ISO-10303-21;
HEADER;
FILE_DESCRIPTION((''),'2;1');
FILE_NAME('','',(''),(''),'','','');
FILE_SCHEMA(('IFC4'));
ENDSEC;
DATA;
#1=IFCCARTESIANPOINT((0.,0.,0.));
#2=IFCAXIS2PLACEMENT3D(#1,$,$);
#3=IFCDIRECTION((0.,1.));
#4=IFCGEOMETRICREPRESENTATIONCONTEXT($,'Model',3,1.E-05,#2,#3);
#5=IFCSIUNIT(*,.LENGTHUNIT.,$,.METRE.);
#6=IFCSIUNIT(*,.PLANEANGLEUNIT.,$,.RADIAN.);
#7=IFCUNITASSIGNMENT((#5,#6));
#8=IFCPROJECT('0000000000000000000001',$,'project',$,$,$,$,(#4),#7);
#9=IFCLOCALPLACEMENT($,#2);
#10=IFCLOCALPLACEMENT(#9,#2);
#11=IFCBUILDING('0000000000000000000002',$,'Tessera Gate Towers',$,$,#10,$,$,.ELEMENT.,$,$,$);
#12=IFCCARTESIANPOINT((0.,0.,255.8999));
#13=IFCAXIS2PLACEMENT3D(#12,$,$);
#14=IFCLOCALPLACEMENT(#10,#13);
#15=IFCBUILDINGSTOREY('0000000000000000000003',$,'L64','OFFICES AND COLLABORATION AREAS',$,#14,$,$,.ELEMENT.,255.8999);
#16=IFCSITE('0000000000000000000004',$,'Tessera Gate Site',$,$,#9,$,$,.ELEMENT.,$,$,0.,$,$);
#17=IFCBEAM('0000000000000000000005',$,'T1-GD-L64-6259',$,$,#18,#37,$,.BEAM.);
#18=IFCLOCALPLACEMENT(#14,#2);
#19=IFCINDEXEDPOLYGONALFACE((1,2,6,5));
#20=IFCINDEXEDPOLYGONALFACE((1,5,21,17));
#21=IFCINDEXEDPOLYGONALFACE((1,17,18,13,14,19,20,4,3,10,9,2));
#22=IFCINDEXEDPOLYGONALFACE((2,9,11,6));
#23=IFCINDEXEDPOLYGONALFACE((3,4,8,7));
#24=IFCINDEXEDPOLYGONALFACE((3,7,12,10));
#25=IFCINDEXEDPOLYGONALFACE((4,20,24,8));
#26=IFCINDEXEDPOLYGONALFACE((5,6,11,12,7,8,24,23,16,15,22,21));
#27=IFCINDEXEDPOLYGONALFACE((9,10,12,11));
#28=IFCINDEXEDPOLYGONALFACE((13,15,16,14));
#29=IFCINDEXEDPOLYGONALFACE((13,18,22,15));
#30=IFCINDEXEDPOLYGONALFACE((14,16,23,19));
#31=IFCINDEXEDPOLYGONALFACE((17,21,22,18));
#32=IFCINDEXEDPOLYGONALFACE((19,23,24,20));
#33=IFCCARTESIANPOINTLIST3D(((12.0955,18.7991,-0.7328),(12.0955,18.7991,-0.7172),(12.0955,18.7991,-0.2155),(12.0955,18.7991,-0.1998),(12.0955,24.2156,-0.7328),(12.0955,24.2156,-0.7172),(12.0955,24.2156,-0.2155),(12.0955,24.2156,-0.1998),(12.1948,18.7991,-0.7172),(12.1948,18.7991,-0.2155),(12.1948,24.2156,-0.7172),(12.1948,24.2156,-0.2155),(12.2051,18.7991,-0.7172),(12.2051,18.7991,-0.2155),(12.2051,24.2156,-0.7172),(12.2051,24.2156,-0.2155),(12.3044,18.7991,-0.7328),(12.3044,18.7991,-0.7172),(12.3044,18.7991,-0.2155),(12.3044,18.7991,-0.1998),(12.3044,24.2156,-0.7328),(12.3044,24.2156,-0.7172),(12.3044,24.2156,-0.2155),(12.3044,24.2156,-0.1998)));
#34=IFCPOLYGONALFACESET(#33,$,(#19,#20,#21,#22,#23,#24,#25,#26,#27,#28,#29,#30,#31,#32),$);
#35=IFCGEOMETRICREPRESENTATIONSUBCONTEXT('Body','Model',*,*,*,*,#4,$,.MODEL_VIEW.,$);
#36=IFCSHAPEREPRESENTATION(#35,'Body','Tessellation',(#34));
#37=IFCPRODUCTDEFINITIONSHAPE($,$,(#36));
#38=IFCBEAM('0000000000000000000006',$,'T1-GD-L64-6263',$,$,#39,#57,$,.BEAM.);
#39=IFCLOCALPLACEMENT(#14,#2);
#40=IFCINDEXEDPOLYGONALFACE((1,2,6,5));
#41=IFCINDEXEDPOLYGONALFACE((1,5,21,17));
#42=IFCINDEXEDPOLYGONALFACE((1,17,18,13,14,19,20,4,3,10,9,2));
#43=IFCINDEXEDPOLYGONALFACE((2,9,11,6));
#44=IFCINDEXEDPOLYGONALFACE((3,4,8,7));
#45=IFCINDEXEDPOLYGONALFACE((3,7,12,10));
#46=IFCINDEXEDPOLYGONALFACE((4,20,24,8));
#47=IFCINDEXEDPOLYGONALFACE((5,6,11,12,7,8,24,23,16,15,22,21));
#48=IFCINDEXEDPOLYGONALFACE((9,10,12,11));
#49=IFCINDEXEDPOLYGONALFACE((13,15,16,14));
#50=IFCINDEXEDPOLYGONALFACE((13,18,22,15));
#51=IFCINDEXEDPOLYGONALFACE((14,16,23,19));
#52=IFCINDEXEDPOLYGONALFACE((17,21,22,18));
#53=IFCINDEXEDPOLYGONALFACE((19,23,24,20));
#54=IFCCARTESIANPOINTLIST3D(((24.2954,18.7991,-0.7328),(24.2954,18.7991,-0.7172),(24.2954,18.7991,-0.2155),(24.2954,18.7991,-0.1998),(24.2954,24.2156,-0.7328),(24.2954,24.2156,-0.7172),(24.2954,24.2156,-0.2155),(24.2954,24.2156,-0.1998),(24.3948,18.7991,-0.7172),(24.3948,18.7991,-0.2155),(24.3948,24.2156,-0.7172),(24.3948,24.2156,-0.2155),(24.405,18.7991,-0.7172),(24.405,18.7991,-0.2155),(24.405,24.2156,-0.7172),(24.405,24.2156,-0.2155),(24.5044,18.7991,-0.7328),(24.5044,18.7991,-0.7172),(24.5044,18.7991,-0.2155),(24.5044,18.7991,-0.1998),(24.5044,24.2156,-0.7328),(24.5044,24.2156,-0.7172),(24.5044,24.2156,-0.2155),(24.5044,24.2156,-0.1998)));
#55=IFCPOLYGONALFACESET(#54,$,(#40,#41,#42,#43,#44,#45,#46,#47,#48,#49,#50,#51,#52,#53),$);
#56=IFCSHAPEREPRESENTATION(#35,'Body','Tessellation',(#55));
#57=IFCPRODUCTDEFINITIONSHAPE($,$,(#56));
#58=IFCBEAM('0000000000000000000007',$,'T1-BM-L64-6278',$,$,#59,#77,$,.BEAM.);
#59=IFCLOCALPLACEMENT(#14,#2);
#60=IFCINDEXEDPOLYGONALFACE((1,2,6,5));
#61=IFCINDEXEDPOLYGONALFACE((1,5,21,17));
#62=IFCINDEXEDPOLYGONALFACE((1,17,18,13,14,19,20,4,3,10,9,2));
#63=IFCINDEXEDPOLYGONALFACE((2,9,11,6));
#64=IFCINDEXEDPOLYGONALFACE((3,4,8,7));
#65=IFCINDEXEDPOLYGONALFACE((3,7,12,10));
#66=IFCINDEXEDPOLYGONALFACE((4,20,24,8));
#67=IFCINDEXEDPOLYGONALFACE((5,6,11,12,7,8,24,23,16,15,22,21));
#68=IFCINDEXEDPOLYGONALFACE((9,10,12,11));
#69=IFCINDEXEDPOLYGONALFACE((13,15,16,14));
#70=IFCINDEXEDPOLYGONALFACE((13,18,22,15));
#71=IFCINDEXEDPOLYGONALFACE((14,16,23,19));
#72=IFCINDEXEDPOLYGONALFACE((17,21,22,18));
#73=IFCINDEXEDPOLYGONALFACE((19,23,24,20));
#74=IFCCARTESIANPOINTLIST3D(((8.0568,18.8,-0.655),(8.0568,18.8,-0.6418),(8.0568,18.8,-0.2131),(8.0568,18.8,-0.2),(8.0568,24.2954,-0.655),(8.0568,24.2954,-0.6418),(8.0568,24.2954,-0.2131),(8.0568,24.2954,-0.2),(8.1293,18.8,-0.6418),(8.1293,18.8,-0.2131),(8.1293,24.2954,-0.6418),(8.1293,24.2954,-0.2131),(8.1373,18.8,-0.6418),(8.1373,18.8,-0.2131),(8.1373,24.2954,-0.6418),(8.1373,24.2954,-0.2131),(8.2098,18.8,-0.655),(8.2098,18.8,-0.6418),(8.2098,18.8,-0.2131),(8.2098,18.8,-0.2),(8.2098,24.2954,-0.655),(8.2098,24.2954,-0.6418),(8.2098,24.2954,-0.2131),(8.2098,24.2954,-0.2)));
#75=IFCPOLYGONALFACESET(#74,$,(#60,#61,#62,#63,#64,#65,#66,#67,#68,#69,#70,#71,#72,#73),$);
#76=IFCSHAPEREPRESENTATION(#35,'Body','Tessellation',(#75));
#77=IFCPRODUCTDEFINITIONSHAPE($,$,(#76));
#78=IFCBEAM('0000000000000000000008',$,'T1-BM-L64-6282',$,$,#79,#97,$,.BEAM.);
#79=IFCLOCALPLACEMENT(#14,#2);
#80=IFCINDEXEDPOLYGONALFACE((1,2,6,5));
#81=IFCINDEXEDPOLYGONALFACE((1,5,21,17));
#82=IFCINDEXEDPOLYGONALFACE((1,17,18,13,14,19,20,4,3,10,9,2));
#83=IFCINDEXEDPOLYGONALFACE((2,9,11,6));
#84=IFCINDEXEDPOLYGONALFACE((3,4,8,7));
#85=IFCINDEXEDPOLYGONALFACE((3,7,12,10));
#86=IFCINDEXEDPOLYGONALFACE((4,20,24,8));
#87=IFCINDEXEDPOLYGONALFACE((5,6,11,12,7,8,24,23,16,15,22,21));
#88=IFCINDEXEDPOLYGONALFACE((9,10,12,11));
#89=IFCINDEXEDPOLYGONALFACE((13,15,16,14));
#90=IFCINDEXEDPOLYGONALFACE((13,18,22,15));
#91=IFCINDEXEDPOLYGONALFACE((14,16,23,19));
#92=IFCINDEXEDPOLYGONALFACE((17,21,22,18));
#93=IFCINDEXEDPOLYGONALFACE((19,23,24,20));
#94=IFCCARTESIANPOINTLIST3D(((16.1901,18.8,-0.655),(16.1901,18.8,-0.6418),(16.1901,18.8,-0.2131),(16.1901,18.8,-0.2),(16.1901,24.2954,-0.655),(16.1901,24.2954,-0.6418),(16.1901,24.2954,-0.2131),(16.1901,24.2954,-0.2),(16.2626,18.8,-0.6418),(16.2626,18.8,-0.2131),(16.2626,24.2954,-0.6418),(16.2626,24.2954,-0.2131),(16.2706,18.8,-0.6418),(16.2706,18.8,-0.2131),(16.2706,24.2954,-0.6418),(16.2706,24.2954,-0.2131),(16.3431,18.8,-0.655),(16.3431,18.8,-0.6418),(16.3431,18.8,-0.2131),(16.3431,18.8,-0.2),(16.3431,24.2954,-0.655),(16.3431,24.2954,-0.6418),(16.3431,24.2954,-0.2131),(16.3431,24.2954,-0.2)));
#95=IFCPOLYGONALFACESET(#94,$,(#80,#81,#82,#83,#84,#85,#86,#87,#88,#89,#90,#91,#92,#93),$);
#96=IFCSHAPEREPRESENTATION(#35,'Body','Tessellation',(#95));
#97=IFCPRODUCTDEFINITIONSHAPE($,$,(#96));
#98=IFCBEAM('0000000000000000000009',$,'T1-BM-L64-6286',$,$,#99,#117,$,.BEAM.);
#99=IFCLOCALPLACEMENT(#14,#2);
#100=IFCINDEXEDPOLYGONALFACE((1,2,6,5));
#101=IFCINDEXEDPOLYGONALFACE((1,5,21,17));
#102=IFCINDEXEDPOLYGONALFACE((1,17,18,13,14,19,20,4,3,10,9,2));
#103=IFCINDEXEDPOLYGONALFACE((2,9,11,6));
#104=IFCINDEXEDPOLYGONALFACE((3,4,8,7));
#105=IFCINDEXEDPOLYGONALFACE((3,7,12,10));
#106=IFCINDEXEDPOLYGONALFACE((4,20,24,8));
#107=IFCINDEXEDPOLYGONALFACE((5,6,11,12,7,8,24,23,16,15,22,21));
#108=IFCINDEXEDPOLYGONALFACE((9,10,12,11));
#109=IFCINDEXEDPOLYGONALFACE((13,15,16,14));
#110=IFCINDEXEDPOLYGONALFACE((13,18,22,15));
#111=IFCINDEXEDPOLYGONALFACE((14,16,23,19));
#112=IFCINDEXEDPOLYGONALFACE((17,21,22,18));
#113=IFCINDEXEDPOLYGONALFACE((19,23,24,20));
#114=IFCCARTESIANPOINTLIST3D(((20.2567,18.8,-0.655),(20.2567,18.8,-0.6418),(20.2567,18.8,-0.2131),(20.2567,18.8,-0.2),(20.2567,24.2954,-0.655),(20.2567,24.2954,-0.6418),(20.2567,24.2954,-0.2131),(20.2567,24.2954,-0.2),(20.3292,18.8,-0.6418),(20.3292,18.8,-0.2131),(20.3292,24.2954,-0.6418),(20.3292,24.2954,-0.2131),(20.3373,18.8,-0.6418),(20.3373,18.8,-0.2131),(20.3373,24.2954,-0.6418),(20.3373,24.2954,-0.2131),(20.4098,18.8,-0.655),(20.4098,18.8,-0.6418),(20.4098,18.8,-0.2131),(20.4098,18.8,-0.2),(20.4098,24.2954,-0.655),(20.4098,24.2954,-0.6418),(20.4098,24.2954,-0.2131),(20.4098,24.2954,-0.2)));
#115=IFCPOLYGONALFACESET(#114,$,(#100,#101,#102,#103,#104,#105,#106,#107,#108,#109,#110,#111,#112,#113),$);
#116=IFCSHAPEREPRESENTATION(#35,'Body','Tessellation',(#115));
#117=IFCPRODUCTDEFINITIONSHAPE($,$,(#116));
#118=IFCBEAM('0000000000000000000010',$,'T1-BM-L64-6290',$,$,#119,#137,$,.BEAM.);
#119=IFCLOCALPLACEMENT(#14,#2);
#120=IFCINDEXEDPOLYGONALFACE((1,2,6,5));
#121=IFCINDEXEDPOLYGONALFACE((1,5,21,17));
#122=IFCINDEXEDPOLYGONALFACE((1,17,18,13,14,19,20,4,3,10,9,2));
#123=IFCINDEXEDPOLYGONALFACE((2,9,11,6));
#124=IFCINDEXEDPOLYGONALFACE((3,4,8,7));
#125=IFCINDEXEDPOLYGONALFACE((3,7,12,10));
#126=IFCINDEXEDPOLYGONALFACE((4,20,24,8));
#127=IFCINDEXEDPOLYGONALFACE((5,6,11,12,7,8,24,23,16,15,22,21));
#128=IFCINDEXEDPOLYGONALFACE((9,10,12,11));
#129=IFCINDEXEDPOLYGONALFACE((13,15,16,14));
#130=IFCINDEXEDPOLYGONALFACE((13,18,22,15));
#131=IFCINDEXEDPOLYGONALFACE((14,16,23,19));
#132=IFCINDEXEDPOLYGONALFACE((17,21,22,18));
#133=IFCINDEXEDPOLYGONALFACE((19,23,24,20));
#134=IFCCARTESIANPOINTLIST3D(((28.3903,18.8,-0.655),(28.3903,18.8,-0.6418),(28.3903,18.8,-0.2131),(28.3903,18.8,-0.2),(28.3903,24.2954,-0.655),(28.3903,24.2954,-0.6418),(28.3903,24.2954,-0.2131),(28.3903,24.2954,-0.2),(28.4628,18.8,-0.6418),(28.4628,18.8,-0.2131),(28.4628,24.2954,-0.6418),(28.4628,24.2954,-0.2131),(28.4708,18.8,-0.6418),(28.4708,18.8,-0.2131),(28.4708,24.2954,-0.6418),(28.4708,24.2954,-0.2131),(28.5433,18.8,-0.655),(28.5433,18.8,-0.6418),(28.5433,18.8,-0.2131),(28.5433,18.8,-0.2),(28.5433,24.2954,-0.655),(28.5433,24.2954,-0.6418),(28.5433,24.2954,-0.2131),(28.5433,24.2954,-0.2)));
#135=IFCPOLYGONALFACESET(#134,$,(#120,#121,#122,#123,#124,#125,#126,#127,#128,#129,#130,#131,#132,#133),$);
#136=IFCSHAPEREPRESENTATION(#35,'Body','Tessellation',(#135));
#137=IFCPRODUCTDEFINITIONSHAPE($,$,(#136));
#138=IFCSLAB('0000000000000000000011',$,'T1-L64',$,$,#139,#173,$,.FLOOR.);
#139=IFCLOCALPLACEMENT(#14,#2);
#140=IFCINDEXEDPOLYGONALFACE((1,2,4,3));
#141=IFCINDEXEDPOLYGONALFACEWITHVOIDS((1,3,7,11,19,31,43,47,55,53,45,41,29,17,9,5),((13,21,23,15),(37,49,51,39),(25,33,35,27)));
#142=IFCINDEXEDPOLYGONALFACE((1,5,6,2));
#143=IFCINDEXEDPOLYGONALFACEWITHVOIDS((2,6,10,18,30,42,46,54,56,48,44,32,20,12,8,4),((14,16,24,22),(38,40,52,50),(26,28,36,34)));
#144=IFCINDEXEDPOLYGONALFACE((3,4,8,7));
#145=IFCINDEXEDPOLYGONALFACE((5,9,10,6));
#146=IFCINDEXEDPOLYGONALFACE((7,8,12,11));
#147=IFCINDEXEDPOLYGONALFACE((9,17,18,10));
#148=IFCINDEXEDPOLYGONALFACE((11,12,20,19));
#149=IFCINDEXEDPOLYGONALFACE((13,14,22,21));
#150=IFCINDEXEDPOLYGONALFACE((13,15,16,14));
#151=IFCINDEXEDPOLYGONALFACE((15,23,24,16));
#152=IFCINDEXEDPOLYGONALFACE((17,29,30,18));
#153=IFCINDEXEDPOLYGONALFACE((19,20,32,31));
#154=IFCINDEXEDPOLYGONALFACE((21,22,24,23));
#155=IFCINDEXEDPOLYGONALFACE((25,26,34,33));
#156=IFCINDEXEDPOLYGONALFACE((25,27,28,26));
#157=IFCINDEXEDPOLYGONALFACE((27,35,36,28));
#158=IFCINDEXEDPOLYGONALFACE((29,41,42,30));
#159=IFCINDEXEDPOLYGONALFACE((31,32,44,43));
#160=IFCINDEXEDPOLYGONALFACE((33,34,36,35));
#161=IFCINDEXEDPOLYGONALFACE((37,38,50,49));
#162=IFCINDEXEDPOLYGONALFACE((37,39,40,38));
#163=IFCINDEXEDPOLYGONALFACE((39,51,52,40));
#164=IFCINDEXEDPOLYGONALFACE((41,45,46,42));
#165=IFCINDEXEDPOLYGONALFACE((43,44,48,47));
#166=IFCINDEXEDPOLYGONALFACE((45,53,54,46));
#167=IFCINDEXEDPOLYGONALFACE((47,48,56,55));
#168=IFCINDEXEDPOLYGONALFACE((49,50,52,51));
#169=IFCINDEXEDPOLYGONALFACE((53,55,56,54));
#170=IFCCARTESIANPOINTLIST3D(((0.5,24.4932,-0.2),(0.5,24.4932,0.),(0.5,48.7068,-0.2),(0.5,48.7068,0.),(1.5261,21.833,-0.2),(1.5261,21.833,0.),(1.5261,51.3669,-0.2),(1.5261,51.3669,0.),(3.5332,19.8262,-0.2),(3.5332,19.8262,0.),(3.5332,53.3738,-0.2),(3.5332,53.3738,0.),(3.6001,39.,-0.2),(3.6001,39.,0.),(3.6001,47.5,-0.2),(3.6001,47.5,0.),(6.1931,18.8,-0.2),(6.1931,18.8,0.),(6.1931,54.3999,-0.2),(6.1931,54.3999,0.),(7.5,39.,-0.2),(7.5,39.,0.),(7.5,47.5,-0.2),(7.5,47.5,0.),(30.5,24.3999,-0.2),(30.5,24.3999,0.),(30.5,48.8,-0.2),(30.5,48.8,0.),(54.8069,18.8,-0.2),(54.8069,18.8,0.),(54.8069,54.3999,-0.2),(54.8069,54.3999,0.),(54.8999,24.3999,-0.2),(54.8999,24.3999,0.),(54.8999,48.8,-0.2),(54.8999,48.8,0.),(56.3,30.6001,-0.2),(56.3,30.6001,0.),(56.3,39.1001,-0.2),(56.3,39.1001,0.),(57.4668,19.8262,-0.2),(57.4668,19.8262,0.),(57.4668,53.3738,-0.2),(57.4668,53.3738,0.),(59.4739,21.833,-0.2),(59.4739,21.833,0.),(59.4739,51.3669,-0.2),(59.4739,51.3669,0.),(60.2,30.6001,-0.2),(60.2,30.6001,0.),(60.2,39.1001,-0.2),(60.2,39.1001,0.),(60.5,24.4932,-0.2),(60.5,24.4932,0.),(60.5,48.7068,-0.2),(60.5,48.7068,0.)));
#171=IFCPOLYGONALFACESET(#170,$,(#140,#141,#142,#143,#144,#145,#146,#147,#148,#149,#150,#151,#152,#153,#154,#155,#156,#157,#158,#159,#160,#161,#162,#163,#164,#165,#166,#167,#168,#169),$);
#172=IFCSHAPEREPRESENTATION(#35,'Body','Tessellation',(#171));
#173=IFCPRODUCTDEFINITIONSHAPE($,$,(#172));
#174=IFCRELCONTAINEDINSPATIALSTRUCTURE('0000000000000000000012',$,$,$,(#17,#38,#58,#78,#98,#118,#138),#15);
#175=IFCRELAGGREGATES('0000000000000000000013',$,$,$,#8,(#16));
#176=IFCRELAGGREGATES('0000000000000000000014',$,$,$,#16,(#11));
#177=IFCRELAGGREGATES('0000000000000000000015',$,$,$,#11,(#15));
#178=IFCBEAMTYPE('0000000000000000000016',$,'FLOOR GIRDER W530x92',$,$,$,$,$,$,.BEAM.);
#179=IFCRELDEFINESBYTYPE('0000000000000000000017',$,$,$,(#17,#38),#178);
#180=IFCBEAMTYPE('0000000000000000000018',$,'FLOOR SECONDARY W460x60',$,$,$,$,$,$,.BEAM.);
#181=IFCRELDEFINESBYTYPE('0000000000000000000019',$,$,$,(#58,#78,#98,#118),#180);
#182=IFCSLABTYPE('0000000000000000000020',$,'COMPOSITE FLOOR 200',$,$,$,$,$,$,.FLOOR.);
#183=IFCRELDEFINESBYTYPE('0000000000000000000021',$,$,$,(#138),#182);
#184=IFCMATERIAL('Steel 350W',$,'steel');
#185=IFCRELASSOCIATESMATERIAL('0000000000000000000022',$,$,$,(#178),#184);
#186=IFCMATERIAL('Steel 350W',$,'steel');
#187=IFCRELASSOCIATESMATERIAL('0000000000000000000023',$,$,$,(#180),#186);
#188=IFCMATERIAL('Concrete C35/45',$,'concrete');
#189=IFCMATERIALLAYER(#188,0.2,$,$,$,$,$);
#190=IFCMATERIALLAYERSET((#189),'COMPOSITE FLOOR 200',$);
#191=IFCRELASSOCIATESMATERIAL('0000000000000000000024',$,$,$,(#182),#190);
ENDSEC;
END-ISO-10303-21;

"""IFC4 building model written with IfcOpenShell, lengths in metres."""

from ifc_helpers import new_model, si_unit, direction, frame, origin, origin_2d, place, context, subcontext, project, spatial, polyline, i_section, outline, extrude, material, layer, layer_set, material_profile, profile_set, type_object, element, save


model = new_model("IFC4")

# Units and contexts
model_context = context("Model", 3, precision=1e-05, world=origin(), true_north=direction((0.0, 1.0)))
body_context = subcontext(model_context, "Body", "Model", "MODEL_VIEW")
ifc_project = project(units=[si_unit("LENGTHUNIT", "METRE"), si_unit("PLANEANGLEUNIT", "RADIAN")], contexts=[model_context])

# Site, building, storey
site_placement = place(None, origin())
site = spatial("IfcSite", under=ifc_project, at=site_placement, Name="Tessera Gate Site", CompositionType="ELEMENT", RefElevation=0.0)
building_placement = place(site_placement, origin())
building = spatial("IfcBuilding", under=site, at=building_placement, Name="Tessera Gate Towers", CompositionType="ELEMENT")
storey_placement = place(building_placement, frame((0.0, 0.0, 255.8999)))
storey = spatial("IfcBuildingStorey", under=building, at=storey_placement, Name="L64", Description="OFFICES AND COLLABORATION AREAS", CompositionType="ELEMENT", Elevation=255.8999)

# Beams
ifc_material_1 = material(Name="Steel 350W", Category="steel")
ifc_material_profile_1 = material_profile(ifc_material_1, i_section(OverallWidth=0.209, OverallDepth=0.533, WebThickness=0.0103, FlangeThickness=0.0156, at=origin_2d()), Name="W530x92")
ifc_profile_set_1 = profile_set([ifc_material_profile_1], Name="Steel 350W")
beam_type_1 = type_object("IfcBeamType", Name="FLOOR GIRDER W530x92", PredefinedType="BEAM", material=ifc_profile_set_1)
for number, where, z_axis, x_axis, name in (
    (1, (12.2, 18.7991, -0.4663), (0.0, 1.0, 0.0), (-1.0, 0.0, 0.0), "T1-GD-L64-6259"),
    (2, (24.3999, 18.7991, -0.4663), (0.0, 1.0, 0.0), (-1.0, 0.0, 0.0), "T1-GD-L64-6263"),
):
    element("IfcBeam", number, at=place(storey_placement, frame(where, z_axis=z_axis, x_axis=x_axis)), inside=storey, type_object=beam_type_1, Name=name, PredefinedType="BEAM", context=body_context, shape_type="SweptSolid", body=[
        extrude(i_section(OverallWidth=0.209, OverallDepth=0.533, WebThickness=0.0103, FlangeThickness=0.0156, at=origin_2d()), origin(), (0.0, 0.0, 1.0), 5.4165),
    ])
ifc_material_2 = material(Name="Steel 350W", Category="steel")
ifc_material_profile_2 = material_profile(ifc_material_2, i_section(OverallWidth=0.1531, OverallDepth=0.4551, WebThickness=0.0081, FlangeThickness=0.0132, at=origin_2d()), Name="W460x60")
ifc_profile_set_2 = profile_set([ifc_material_profile_2], Name="Steel 350W")
beam_type_2 = type_object("IfcBeamType", Name="FLOOR SECONDARY W460x60", PredefinedType="BEAM", material=ifc_profile_set_2)
for number, where, z_axis, x_axis, name in (
    (3, (8.1333, 18.8, -0.4275), (0.0, 1.0, 0.0), (-1.0, 0.0, 0.0), "T1-BM-L64-6278"),
    (4, (16.2666, 18.8, -0.4275), (0.0, 1.0, 0.0), (-1.0, 0.0, 0.0), "T1-BM-L64-6282"),
    (5, (20.3333, 18.8, -0.4275), (0.0, 1.0, 0.0), (-1.0, 0.0, 0.0), "T1-BM-L64-6286"),
    (6, (28.4668, 18.8, -0.4275), (0.0, 1.0, 0.0), (-1.0, 0.0, 0.0), "T1-BM-L64-6290"),
):
    element("IfcBeam", number, at=place(storey_placement, frame(where, z_axis=z_axis, x_axis=x_axis)), inside=storey, type_object=beam_type_2, Name=name, PredefinedType="BEAM", context=body_context, shape_type="SweptSolid", body=[
        extrude(i_section(OverallWidth=0.1531, OverallDepth=0.4551, WebThickness=0.0081, FlangeThickness=0.0132, at=origin_2d()), origin(), (0.0, 0.0, 1.0), 5.4954),
    ])

# Slab
ifc_material_3 = material(Name="Concrete C35/45", Category="concrete")
ifc_layer_1 = layer(ifc_material_3, 0.2)
ifc_layer_set_1 = layer_set([ifc_layer_1], Name="COMPOSITE FLOOR 200")
slab_type_1 = type_object("IfcSlabType", Name="COMPOSITE FLOOR 200", PredefinedType="FLOOR", material=ifc_layer_set_1)
slab_1_placement = place(storey_placement, frame((0.0, 0.0, -0.2)))
element("IfcSlab", 7, at=slab_1_placement, inside=storey, type_object=slab_type_1, Name="T1-L64", PredefinedType="FLOOR", context=body_context, shape_type="SweptSolid", body=[
    extrude(outline(polyline([(0.5, 24.4932), (1.5261, 21.833), (3.5332, 19.8262), (6.1931, 18.8), (54.8069, 18.8), (57.4668, 19.8262), (59.4739, 21.833), (60.5, 24.4932), (60.5, 48.7068), (59.4739, 51.3669), (57.4668, 53.3738), (54.8069, 54.3999), (6.1931, 54.3999), (3.5332, 53.3738), (1.5261, 51.3669), (0.5, 48.7068), (0.5, 24.4932)]), holes=[polyline([(3.6001, 39.0), (3.6001, 47.5), (7.5, 47.5), (7.5, 39.0), (3.6001, 39.0)]), polyline([(30.5, 24.3999), (30.5, 48.8), (54.8999, 48.8), (54.8999, 24.3999), (30.5, 24.3999)]), polyline([(56.3, 30.6001), (56.3, 39.1001), (60.2, 39.1001), (60.2, 30.6001), (56.3, 30.6001)])]), origin(), (0.0, 0.0, 1.0), 0.2),
])

save(model, "model.ifc")
